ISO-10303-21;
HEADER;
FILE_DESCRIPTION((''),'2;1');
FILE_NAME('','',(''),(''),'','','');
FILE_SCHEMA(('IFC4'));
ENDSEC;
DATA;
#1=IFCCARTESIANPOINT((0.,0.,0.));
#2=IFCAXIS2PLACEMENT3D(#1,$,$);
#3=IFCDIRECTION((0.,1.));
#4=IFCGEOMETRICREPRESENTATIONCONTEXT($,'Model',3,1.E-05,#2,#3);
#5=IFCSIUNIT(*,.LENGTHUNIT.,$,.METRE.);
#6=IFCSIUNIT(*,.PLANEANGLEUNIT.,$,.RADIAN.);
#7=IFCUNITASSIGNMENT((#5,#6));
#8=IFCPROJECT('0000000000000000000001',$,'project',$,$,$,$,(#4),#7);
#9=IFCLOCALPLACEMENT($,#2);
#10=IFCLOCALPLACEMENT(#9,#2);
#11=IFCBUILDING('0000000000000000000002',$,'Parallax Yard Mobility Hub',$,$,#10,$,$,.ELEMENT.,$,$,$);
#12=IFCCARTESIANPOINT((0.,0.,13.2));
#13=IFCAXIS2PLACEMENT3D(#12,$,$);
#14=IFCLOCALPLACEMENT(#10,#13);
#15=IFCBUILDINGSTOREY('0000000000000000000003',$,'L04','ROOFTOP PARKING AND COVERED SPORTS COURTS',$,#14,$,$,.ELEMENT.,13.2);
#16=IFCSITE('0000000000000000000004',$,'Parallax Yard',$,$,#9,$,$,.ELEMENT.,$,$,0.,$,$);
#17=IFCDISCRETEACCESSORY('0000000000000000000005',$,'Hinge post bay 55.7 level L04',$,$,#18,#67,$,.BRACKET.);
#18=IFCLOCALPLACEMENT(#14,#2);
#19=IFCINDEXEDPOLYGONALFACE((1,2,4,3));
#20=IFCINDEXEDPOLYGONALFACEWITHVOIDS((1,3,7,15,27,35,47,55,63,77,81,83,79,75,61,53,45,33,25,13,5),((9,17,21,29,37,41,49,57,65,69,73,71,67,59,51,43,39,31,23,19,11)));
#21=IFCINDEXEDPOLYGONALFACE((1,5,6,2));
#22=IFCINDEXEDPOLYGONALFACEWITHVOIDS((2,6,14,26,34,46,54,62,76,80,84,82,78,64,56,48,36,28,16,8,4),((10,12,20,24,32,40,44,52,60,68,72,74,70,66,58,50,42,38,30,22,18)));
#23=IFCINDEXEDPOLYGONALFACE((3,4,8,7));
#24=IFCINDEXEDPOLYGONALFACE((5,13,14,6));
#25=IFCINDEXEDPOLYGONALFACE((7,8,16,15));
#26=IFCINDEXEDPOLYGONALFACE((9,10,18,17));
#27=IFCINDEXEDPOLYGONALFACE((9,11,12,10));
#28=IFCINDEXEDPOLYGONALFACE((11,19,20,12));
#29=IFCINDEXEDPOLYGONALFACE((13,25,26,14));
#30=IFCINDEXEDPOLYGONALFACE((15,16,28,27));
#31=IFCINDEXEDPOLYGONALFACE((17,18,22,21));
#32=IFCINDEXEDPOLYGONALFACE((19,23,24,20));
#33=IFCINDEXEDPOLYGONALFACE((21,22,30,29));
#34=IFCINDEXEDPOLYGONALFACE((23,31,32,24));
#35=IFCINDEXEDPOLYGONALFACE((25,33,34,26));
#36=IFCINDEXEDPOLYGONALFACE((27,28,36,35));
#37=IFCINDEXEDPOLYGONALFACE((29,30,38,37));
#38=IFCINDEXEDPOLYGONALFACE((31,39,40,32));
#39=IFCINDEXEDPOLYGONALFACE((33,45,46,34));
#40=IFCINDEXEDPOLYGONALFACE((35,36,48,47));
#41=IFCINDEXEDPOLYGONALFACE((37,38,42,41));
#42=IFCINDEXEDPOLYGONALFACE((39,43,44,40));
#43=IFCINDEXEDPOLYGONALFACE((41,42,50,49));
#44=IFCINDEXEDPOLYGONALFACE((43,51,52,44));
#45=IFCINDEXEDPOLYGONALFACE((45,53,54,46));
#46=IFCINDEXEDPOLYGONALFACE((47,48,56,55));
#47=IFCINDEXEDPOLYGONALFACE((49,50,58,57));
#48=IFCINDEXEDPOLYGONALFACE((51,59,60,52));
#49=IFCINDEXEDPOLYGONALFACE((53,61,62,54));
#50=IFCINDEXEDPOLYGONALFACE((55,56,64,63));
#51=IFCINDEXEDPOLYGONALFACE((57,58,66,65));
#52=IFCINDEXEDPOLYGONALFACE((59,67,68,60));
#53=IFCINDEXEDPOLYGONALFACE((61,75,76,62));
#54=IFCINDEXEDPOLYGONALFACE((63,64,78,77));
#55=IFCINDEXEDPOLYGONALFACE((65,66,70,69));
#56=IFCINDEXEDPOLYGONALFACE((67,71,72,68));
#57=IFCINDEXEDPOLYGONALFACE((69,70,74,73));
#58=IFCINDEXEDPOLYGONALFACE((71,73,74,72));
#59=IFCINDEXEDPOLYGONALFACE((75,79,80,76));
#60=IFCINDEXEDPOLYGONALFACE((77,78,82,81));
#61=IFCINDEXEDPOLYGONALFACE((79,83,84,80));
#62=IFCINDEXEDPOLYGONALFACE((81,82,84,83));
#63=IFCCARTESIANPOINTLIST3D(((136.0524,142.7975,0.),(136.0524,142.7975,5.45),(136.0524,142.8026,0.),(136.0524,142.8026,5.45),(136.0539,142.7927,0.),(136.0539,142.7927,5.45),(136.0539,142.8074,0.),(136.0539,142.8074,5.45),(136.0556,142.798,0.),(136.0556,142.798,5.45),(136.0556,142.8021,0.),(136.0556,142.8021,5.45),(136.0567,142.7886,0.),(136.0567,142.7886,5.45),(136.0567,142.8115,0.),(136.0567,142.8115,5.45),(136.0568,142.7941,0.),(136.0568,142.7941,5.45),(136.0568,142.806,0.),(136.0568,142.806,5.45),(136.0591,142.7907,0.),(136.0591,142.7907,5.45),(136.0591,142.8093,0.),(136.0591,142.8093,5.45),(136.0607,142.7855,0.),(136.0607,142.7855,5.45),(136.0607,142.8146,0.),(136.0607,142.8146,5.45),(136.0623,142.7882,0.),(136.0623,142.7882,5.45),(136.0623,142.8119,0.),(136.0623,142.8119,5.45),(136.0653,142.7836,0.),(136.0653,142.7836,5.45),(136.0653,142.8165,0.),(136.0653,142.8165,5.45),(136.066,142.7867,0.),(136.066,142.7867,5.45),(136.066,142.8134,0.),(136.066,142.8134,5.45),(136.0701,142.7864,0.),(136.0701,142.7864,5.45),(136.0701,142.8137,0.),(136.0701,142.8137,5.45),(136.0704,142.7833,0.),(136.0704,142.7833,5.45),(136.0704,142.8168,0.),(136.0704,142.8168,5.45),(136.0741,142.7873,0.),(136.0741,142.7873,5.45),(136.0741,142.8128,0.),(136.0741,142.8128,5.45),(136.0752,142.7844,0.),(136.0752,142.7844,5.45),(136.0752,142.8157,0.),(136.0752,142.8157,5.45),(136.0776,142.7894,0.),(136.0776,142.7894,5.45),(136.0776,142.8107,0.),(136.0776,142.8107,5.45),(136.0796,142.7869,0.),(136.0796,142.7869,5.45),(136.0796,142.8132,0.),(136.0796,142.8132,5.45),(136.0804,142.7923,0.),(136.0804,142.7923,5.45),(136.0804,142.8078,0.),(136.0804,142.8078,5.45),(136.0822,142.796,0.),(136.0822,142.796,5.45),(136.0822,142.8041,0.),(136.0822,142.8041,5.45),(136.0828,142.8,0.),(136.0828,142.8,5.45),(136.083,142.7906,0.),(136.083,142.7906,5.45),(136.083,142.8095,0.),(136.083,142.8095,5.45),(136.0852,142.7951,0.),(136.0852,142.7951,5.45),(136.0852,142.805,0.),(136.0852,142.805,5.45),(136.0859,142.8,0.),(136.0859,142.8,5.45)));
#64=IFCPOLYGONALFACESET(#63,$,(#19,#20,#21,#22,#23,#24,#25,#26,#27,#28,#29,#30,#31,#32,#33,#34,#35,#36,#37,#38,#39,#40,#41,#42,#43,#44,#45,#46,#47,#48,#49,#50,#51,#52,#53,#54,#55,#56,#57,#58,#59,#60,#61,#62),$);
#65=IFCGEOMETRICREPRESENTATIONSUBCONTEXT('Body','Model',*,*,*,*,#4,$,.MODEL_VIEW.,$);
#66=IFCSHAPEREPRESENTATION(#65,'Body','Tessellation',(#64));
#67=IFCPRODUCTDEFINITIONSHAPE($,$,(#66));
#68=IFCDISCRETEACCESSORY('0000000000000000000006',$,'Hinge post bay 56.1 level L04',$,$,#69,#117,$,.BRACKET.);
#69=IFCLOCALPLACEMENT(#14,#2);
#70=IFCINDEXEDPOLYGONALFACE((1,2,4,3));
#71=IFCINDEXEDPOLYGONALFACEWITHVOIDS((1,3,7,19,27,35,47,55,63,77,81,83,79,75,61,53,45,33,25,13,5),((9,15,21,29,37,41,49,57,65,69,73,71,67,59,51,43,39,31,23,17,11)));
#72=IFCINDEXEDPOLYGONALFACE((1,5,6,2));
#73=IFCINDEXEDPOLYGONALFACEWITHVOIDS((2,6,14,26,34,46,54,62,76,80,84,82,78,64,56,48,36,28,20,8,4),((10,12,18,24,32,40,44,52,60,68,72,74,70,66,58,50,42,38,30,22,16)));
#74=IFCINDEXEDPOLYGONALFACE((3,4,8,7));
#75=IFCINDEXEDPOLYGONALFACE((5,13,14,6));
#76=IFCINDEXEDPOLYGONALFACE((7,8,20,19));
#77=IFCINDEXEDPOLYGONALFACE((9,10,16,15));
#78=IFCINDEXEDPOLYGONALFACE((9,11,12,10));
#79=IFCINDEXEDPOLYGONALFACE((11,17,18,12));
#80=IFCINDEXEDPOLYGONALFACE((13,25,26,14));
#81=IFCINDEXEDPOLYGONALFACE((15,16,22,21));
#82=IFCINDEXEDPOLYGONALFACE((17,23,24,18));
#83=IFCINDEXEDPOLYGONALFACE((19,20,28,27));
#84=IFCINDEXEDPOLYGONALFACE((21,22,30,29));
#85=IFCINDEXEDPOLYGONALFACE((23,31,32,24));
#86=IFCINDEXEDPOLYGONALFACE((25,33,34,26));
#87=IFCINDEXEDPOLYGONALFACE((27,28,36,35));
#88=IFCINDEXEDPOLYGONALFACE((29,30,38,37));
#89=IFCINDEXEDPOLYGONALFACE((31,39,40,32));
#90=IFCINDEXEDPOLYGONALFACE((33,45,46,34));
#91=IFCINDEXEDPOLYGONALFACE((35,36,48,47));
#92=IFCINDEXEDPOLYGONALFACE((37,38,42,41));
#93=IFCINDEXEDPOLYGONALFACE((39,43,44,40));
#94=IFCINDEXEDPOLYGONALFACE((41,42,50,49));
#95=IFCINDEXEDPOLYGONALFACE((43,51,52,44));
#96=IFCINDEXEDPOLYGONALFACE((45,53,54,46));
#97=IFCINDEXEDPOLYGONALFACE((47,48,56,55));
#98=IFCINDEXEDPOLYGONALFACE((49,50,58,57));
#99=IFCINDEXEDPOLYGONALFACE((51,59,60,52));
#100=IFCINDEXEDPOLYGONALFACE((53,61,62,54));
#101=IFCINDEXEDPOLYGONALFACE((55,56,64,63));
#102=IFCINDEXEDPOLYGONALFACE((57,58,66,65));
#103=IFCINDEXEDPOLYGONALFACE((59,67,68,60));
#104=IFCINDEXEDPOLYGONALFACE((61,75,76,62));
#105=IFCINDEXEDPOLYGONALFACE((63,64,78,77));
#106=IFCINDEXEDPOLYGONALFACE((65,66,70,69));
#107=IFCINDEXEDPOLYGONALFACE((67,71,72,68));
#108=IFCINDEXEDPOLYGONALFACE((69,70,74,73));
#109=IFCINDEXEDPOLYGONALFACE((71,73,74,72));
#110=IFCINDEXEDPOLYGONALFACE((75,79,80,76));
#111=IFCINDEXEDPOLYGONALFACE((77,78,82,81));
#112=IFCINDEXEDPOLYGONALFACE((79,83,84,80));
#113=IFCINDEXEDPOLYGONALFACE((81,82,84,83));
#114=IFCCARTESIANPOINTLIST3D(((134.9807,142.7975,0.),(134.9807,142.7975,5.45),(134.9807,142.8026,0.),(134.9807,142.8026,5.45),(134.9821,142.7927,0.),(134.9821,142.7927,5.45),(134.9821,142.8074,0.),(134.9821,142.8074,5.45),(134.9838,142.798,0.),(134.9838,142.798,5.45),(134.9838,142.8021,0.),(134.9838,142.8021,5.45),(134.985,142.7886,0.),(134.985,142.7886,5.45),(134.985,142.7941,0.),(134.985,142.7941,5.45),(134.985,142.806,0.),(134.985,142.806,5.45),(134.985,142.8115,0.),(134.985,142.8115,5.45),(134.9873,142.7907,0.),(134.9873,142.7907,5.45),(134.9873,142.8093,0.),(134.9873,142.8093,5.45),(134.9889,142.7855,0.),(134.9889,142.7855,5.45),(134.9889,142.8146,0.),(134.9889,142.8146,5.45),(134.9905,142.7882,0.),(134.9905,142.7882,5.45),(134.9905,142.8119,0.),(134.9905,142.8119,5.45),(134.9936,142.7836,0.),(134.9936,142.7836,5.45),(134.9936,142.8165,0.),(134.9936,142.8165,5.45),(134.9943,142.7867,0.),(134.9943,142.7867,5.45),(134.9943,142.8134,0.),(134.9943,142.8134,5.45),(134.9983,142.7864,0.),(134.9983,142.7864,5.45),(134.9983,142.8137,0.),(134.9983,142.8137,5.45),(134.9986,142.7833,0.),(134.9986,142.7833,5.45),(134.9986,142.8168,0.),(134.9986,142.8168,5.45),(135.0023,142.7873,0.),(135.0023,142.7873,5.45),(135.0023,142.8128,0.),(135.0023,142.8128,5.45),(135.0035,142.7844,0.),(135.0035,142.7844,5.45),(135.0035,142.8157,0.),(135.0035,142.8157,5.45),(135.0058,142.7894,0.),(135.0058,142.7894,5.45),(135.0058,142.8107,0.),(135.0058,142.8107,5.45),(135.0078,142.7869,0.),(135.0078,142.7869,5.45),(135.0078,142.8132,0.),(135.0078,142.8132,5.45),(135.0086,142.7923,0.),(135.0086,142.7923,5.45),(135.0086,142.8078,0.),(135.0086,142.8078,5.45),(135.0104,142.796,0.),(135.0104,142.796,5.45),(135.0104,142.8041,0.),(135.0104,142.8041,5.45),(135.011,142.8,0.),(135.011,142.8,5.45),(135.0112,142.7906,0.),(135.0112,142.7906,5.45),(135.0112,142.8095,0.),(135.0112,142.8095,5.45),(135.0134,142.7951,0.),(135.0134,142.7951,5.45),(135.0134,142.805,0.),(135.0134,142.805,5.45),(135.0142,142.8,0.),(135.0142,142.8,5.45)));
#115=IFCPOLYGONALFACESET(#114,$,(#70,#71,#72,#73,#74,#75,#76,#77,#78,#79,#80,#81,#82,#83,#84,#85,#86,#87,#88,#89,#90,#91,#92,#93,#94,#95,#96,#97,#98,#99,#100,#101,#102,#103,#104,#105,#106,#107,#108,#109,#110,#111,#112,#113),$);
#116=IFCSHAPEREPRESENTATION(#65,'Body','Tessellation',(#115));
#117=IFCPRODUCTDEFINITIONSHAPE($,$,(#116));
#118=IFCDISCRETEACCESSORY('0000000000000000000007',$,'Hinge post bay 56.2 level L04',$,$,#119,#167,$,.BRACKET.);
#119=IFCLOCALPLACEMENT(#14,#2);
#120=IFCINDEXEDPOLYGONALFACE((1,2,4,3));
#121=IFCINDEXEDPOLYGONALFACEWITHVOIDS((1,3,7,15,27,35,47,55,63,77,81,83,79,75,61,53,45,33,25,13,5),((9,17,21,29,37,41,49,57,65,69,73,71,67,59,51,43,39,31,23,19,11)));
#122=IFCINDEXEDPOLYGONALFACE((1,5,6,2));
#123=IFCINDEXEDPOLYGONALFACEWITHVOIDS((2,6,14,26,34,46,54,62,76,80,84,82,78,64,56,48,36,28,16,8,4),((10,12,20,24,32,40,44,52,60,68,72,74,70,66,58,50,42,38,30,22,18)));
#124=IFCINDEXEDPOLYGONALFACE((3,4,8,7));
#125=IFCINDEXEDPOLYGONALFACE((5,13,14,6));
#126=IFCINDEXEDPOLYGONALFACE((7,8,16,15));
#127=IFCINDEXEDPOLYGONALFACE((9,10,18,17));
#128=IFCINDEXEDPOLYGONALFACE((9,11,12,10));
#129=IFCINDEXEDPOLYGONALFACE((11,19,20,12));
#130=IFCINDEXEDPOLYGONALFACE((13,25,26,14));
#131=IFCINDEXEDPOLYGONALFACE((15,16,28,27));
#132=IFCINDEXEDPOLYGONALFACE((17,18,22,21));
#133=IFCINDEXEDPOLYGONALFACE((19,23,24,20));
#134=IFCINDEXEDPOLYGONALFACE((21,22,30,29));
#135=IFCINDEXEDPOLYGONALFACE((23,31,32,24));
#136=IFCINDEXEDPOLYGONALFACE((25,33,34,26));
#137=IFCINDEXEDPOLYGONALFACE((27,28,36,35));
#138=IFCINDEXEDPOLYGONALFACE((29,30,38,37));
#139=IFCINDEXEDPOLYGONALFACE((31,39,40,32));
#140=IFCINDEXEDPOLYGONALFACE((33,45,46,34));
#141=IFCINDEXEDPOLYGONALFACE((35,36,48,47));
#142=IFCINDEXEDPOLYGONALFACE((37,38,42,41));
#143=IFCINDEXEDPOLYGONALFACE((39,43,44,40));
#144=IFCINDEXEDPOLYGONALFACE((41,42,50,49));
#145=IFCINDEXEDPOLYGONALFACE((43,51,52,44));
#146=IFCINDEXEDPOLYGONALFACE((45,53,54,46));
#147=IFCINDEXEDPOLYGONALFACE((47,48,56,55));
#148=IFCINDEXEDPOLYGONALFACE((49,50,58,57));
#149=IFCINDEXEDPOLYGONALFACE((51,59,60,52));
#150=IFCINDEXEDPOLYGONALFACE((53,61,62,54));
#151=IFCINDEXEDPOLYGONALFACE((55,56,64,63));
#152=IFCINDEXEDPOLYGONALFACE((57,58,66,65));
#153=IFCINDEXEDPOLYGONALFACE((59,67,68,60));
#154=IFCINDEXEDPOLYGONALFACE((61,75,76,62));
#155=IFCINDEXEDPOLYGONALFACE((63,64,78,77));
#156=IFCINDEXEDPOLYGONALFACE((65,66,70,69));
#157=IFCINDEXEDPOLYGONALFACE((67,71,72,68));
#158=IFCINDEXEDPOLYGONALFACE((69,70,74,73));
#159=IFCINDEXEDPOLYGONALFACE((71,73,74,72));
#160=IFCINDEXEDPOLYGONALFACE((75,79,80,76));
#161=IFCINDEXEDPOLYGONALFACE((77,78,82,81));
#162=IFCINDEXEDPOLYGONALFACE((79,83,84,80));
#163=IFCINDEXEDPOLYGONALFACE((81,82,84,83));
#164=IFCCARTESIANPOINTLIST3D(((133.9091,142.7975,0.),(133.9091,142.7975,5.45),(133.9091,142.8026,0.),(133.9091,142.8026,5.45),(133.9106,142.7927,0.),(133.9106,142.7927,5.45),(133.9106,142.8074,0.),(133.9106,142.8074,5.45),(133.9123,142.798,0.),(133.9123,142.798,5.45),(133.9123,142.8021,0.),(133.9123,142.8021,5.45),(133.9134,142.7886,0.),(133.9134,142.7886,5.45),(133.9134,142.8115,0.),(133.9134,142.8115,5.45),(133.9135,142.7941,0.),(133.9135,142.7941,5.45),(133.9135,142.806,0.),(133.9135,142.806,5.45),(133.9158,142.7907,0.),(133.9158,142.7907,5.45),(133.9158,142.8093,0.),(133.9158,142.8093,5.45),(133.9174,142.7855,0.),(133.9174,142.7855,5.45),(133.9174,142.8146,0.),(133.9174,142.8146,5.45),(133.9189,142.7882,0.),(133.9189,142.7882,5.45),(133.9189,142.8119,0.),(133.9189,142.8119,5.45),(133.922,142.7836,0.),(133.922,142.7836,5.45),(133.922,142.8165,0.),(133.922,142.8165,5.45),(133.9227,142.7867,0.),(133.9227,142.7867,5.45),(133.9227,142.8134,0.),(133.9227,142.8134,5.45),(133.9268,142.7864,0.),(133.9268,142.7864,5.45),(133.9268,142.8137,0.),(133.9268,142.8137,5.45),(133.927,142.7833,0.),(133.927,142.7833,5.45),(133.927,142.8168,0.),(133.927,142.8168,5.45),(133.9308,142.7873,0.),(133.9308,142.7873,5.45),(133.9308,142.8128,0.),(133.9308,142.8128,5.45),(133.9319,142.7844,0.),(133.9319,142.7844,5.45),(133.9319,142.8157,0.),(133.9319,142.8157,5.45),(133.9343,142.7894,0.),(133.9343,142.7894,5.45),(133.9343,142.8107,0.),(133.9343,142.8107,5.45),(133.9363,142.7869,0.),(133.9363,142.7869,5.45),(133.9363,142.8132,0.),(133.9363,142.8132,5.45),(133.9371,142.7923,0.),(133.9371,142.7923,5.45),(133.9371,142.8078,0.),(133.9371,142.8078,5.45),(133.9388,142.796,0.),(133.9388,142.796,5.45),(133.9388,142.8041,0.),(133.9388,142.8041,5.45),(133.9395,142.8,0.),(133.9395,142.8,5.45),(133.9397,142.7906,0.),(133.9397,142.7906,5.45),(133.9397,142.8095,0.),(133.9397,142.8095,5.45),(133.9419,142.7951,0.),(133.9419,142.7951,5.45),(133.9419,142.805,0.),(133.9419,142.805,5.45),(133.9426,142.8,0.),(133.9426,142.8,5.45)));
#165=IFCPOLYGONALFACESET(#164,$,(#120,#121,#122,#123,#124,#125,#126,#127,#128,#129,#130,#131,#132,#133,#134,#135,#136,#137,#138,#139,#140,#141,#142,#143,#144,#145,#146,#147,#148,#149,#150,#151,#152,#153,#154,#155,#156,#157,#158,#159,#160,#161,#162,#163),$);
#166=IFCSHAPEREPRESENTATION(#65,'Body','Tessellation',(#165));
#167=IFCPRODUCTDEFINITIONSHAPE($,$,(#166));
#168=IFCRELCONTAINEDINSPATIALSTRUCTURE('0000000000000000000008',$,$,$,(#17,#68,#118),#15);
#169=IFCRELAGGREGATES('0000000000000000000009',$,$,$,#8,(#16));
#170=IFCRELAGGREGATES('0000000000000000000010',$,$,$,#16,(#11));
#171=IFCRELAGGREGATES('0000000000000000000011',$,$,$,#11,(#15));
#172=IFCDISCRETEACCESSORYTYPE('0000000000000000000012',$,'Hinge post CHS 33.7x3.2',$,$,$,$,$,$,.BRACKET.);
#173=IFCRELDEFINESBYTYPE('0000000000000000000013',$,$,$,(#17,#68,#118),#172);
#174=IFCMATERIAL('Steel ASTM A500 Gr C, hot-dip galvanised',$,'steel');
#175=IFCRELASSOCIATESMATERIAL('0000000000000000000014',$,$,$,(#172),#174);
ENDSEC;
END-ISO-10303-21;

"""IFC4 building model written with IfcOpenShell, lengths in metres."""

from ifc_helpers import new_model, si_unit, direction, frame, origin, origin_2d, place, context, subcontext, project, spatial, hollow_circle, extrude, material, material_profile, profile_set, type_object, element, save


model = new_model("IFC4")

# Units and contexts
model_context = context("Model", 3, precision=1e-05, world=origin(), true_north=direction((0.0, 1.0)))
body_context = subcontext(model_context, "Body", "Model", "MODEL_VIEW")
ifc_project = project(units=[si_unit("LENGTHUNIT", "METRE"), si_unit("PLANEANGLEUNIT", "RADIAN")], contexts=[model_context])

# Site, building, storey
site_placement = place(None, origin())
site = spatial("IfcSite", under=ifc_project, at=site_placement, Name="Parallax Yard", CompositionType="ELEMENT", RefElevation=0.0)
building_placement = place(site_placement, origin())
building = spatial("IfcBuilding", under=site, at=building_placement, Name="Parallax Yard Mobility Hub", CompositionType="ELEMENT")
storey_placement = place(building_placement, frame((0.0, 0.0, 13.2)))
storey = spatial("IfcBuildingStorey", under=building, at=storey_placement, Name="L04", Description="ROOFTOP PARKING AND COVERED SPORTS COURTS", CompositionType="ELEMENT", Elevation=13.2)

# Discrete accessories
ifc_material_1 = material(Name="Steel ASTM A500 Gr C, hot-dip galvanised", Category="steel")
ifc_material_profile = material_profile(ifc_material_1, hollow_circle(Radius=0.0168, WallThickness=0.0032, at=origin_2d()), Name="CHS 33.7x3.2")
ifc_profile_set = profile_set([ifc_material_profile], Name="Steel ASTM A500 Gr C, hot-dip galvanised")
discrete_accessory_type_1 = type_object("IfcDiscreteAccessoryType", Name="Hinge post CHS 33.7x3.2", PredefinedType="BRACKET", material=ifc_profile_set)
for number, where, z_axis, x_axis, name in (
    (1, (136.0691, 142.8, 0.0), (0.0, 0.0, 1.0), (1.0, 0.0, 0.0), "Hinge post bay 55.7 level L04"),
    (2, (134.9973, 142.8, 0.0), (0.0, 0.0, 1.0), (1.0, 0.0, 0.0), "Hinge post bay 56.1 level L04"),
    (3, (133.9258, 142.8, 0.0), (0.0, 0.0, 1.0), (1.0, 0.0, 0.0), "Hinge post bay 56.2 level L04"),
):
    element("IfcDiscreteAccessory", number, at=place(storey_placement, frame(where, z_axis=z_axis, x_axis=x_axis)), inside=storey, type_object=discrete_accessory_type_1, Name=name, PredefinedType="BRACKET", context=body_context, shape_type="SweptSolid", body=[
        extrude(hollow_circle(Radius=0.0168, WallThickness=0.0032, at=origin_2d()), origin(), (0.0, 0.0, 1.0), 5.45),
    ])

save(model, "model.ifc")
